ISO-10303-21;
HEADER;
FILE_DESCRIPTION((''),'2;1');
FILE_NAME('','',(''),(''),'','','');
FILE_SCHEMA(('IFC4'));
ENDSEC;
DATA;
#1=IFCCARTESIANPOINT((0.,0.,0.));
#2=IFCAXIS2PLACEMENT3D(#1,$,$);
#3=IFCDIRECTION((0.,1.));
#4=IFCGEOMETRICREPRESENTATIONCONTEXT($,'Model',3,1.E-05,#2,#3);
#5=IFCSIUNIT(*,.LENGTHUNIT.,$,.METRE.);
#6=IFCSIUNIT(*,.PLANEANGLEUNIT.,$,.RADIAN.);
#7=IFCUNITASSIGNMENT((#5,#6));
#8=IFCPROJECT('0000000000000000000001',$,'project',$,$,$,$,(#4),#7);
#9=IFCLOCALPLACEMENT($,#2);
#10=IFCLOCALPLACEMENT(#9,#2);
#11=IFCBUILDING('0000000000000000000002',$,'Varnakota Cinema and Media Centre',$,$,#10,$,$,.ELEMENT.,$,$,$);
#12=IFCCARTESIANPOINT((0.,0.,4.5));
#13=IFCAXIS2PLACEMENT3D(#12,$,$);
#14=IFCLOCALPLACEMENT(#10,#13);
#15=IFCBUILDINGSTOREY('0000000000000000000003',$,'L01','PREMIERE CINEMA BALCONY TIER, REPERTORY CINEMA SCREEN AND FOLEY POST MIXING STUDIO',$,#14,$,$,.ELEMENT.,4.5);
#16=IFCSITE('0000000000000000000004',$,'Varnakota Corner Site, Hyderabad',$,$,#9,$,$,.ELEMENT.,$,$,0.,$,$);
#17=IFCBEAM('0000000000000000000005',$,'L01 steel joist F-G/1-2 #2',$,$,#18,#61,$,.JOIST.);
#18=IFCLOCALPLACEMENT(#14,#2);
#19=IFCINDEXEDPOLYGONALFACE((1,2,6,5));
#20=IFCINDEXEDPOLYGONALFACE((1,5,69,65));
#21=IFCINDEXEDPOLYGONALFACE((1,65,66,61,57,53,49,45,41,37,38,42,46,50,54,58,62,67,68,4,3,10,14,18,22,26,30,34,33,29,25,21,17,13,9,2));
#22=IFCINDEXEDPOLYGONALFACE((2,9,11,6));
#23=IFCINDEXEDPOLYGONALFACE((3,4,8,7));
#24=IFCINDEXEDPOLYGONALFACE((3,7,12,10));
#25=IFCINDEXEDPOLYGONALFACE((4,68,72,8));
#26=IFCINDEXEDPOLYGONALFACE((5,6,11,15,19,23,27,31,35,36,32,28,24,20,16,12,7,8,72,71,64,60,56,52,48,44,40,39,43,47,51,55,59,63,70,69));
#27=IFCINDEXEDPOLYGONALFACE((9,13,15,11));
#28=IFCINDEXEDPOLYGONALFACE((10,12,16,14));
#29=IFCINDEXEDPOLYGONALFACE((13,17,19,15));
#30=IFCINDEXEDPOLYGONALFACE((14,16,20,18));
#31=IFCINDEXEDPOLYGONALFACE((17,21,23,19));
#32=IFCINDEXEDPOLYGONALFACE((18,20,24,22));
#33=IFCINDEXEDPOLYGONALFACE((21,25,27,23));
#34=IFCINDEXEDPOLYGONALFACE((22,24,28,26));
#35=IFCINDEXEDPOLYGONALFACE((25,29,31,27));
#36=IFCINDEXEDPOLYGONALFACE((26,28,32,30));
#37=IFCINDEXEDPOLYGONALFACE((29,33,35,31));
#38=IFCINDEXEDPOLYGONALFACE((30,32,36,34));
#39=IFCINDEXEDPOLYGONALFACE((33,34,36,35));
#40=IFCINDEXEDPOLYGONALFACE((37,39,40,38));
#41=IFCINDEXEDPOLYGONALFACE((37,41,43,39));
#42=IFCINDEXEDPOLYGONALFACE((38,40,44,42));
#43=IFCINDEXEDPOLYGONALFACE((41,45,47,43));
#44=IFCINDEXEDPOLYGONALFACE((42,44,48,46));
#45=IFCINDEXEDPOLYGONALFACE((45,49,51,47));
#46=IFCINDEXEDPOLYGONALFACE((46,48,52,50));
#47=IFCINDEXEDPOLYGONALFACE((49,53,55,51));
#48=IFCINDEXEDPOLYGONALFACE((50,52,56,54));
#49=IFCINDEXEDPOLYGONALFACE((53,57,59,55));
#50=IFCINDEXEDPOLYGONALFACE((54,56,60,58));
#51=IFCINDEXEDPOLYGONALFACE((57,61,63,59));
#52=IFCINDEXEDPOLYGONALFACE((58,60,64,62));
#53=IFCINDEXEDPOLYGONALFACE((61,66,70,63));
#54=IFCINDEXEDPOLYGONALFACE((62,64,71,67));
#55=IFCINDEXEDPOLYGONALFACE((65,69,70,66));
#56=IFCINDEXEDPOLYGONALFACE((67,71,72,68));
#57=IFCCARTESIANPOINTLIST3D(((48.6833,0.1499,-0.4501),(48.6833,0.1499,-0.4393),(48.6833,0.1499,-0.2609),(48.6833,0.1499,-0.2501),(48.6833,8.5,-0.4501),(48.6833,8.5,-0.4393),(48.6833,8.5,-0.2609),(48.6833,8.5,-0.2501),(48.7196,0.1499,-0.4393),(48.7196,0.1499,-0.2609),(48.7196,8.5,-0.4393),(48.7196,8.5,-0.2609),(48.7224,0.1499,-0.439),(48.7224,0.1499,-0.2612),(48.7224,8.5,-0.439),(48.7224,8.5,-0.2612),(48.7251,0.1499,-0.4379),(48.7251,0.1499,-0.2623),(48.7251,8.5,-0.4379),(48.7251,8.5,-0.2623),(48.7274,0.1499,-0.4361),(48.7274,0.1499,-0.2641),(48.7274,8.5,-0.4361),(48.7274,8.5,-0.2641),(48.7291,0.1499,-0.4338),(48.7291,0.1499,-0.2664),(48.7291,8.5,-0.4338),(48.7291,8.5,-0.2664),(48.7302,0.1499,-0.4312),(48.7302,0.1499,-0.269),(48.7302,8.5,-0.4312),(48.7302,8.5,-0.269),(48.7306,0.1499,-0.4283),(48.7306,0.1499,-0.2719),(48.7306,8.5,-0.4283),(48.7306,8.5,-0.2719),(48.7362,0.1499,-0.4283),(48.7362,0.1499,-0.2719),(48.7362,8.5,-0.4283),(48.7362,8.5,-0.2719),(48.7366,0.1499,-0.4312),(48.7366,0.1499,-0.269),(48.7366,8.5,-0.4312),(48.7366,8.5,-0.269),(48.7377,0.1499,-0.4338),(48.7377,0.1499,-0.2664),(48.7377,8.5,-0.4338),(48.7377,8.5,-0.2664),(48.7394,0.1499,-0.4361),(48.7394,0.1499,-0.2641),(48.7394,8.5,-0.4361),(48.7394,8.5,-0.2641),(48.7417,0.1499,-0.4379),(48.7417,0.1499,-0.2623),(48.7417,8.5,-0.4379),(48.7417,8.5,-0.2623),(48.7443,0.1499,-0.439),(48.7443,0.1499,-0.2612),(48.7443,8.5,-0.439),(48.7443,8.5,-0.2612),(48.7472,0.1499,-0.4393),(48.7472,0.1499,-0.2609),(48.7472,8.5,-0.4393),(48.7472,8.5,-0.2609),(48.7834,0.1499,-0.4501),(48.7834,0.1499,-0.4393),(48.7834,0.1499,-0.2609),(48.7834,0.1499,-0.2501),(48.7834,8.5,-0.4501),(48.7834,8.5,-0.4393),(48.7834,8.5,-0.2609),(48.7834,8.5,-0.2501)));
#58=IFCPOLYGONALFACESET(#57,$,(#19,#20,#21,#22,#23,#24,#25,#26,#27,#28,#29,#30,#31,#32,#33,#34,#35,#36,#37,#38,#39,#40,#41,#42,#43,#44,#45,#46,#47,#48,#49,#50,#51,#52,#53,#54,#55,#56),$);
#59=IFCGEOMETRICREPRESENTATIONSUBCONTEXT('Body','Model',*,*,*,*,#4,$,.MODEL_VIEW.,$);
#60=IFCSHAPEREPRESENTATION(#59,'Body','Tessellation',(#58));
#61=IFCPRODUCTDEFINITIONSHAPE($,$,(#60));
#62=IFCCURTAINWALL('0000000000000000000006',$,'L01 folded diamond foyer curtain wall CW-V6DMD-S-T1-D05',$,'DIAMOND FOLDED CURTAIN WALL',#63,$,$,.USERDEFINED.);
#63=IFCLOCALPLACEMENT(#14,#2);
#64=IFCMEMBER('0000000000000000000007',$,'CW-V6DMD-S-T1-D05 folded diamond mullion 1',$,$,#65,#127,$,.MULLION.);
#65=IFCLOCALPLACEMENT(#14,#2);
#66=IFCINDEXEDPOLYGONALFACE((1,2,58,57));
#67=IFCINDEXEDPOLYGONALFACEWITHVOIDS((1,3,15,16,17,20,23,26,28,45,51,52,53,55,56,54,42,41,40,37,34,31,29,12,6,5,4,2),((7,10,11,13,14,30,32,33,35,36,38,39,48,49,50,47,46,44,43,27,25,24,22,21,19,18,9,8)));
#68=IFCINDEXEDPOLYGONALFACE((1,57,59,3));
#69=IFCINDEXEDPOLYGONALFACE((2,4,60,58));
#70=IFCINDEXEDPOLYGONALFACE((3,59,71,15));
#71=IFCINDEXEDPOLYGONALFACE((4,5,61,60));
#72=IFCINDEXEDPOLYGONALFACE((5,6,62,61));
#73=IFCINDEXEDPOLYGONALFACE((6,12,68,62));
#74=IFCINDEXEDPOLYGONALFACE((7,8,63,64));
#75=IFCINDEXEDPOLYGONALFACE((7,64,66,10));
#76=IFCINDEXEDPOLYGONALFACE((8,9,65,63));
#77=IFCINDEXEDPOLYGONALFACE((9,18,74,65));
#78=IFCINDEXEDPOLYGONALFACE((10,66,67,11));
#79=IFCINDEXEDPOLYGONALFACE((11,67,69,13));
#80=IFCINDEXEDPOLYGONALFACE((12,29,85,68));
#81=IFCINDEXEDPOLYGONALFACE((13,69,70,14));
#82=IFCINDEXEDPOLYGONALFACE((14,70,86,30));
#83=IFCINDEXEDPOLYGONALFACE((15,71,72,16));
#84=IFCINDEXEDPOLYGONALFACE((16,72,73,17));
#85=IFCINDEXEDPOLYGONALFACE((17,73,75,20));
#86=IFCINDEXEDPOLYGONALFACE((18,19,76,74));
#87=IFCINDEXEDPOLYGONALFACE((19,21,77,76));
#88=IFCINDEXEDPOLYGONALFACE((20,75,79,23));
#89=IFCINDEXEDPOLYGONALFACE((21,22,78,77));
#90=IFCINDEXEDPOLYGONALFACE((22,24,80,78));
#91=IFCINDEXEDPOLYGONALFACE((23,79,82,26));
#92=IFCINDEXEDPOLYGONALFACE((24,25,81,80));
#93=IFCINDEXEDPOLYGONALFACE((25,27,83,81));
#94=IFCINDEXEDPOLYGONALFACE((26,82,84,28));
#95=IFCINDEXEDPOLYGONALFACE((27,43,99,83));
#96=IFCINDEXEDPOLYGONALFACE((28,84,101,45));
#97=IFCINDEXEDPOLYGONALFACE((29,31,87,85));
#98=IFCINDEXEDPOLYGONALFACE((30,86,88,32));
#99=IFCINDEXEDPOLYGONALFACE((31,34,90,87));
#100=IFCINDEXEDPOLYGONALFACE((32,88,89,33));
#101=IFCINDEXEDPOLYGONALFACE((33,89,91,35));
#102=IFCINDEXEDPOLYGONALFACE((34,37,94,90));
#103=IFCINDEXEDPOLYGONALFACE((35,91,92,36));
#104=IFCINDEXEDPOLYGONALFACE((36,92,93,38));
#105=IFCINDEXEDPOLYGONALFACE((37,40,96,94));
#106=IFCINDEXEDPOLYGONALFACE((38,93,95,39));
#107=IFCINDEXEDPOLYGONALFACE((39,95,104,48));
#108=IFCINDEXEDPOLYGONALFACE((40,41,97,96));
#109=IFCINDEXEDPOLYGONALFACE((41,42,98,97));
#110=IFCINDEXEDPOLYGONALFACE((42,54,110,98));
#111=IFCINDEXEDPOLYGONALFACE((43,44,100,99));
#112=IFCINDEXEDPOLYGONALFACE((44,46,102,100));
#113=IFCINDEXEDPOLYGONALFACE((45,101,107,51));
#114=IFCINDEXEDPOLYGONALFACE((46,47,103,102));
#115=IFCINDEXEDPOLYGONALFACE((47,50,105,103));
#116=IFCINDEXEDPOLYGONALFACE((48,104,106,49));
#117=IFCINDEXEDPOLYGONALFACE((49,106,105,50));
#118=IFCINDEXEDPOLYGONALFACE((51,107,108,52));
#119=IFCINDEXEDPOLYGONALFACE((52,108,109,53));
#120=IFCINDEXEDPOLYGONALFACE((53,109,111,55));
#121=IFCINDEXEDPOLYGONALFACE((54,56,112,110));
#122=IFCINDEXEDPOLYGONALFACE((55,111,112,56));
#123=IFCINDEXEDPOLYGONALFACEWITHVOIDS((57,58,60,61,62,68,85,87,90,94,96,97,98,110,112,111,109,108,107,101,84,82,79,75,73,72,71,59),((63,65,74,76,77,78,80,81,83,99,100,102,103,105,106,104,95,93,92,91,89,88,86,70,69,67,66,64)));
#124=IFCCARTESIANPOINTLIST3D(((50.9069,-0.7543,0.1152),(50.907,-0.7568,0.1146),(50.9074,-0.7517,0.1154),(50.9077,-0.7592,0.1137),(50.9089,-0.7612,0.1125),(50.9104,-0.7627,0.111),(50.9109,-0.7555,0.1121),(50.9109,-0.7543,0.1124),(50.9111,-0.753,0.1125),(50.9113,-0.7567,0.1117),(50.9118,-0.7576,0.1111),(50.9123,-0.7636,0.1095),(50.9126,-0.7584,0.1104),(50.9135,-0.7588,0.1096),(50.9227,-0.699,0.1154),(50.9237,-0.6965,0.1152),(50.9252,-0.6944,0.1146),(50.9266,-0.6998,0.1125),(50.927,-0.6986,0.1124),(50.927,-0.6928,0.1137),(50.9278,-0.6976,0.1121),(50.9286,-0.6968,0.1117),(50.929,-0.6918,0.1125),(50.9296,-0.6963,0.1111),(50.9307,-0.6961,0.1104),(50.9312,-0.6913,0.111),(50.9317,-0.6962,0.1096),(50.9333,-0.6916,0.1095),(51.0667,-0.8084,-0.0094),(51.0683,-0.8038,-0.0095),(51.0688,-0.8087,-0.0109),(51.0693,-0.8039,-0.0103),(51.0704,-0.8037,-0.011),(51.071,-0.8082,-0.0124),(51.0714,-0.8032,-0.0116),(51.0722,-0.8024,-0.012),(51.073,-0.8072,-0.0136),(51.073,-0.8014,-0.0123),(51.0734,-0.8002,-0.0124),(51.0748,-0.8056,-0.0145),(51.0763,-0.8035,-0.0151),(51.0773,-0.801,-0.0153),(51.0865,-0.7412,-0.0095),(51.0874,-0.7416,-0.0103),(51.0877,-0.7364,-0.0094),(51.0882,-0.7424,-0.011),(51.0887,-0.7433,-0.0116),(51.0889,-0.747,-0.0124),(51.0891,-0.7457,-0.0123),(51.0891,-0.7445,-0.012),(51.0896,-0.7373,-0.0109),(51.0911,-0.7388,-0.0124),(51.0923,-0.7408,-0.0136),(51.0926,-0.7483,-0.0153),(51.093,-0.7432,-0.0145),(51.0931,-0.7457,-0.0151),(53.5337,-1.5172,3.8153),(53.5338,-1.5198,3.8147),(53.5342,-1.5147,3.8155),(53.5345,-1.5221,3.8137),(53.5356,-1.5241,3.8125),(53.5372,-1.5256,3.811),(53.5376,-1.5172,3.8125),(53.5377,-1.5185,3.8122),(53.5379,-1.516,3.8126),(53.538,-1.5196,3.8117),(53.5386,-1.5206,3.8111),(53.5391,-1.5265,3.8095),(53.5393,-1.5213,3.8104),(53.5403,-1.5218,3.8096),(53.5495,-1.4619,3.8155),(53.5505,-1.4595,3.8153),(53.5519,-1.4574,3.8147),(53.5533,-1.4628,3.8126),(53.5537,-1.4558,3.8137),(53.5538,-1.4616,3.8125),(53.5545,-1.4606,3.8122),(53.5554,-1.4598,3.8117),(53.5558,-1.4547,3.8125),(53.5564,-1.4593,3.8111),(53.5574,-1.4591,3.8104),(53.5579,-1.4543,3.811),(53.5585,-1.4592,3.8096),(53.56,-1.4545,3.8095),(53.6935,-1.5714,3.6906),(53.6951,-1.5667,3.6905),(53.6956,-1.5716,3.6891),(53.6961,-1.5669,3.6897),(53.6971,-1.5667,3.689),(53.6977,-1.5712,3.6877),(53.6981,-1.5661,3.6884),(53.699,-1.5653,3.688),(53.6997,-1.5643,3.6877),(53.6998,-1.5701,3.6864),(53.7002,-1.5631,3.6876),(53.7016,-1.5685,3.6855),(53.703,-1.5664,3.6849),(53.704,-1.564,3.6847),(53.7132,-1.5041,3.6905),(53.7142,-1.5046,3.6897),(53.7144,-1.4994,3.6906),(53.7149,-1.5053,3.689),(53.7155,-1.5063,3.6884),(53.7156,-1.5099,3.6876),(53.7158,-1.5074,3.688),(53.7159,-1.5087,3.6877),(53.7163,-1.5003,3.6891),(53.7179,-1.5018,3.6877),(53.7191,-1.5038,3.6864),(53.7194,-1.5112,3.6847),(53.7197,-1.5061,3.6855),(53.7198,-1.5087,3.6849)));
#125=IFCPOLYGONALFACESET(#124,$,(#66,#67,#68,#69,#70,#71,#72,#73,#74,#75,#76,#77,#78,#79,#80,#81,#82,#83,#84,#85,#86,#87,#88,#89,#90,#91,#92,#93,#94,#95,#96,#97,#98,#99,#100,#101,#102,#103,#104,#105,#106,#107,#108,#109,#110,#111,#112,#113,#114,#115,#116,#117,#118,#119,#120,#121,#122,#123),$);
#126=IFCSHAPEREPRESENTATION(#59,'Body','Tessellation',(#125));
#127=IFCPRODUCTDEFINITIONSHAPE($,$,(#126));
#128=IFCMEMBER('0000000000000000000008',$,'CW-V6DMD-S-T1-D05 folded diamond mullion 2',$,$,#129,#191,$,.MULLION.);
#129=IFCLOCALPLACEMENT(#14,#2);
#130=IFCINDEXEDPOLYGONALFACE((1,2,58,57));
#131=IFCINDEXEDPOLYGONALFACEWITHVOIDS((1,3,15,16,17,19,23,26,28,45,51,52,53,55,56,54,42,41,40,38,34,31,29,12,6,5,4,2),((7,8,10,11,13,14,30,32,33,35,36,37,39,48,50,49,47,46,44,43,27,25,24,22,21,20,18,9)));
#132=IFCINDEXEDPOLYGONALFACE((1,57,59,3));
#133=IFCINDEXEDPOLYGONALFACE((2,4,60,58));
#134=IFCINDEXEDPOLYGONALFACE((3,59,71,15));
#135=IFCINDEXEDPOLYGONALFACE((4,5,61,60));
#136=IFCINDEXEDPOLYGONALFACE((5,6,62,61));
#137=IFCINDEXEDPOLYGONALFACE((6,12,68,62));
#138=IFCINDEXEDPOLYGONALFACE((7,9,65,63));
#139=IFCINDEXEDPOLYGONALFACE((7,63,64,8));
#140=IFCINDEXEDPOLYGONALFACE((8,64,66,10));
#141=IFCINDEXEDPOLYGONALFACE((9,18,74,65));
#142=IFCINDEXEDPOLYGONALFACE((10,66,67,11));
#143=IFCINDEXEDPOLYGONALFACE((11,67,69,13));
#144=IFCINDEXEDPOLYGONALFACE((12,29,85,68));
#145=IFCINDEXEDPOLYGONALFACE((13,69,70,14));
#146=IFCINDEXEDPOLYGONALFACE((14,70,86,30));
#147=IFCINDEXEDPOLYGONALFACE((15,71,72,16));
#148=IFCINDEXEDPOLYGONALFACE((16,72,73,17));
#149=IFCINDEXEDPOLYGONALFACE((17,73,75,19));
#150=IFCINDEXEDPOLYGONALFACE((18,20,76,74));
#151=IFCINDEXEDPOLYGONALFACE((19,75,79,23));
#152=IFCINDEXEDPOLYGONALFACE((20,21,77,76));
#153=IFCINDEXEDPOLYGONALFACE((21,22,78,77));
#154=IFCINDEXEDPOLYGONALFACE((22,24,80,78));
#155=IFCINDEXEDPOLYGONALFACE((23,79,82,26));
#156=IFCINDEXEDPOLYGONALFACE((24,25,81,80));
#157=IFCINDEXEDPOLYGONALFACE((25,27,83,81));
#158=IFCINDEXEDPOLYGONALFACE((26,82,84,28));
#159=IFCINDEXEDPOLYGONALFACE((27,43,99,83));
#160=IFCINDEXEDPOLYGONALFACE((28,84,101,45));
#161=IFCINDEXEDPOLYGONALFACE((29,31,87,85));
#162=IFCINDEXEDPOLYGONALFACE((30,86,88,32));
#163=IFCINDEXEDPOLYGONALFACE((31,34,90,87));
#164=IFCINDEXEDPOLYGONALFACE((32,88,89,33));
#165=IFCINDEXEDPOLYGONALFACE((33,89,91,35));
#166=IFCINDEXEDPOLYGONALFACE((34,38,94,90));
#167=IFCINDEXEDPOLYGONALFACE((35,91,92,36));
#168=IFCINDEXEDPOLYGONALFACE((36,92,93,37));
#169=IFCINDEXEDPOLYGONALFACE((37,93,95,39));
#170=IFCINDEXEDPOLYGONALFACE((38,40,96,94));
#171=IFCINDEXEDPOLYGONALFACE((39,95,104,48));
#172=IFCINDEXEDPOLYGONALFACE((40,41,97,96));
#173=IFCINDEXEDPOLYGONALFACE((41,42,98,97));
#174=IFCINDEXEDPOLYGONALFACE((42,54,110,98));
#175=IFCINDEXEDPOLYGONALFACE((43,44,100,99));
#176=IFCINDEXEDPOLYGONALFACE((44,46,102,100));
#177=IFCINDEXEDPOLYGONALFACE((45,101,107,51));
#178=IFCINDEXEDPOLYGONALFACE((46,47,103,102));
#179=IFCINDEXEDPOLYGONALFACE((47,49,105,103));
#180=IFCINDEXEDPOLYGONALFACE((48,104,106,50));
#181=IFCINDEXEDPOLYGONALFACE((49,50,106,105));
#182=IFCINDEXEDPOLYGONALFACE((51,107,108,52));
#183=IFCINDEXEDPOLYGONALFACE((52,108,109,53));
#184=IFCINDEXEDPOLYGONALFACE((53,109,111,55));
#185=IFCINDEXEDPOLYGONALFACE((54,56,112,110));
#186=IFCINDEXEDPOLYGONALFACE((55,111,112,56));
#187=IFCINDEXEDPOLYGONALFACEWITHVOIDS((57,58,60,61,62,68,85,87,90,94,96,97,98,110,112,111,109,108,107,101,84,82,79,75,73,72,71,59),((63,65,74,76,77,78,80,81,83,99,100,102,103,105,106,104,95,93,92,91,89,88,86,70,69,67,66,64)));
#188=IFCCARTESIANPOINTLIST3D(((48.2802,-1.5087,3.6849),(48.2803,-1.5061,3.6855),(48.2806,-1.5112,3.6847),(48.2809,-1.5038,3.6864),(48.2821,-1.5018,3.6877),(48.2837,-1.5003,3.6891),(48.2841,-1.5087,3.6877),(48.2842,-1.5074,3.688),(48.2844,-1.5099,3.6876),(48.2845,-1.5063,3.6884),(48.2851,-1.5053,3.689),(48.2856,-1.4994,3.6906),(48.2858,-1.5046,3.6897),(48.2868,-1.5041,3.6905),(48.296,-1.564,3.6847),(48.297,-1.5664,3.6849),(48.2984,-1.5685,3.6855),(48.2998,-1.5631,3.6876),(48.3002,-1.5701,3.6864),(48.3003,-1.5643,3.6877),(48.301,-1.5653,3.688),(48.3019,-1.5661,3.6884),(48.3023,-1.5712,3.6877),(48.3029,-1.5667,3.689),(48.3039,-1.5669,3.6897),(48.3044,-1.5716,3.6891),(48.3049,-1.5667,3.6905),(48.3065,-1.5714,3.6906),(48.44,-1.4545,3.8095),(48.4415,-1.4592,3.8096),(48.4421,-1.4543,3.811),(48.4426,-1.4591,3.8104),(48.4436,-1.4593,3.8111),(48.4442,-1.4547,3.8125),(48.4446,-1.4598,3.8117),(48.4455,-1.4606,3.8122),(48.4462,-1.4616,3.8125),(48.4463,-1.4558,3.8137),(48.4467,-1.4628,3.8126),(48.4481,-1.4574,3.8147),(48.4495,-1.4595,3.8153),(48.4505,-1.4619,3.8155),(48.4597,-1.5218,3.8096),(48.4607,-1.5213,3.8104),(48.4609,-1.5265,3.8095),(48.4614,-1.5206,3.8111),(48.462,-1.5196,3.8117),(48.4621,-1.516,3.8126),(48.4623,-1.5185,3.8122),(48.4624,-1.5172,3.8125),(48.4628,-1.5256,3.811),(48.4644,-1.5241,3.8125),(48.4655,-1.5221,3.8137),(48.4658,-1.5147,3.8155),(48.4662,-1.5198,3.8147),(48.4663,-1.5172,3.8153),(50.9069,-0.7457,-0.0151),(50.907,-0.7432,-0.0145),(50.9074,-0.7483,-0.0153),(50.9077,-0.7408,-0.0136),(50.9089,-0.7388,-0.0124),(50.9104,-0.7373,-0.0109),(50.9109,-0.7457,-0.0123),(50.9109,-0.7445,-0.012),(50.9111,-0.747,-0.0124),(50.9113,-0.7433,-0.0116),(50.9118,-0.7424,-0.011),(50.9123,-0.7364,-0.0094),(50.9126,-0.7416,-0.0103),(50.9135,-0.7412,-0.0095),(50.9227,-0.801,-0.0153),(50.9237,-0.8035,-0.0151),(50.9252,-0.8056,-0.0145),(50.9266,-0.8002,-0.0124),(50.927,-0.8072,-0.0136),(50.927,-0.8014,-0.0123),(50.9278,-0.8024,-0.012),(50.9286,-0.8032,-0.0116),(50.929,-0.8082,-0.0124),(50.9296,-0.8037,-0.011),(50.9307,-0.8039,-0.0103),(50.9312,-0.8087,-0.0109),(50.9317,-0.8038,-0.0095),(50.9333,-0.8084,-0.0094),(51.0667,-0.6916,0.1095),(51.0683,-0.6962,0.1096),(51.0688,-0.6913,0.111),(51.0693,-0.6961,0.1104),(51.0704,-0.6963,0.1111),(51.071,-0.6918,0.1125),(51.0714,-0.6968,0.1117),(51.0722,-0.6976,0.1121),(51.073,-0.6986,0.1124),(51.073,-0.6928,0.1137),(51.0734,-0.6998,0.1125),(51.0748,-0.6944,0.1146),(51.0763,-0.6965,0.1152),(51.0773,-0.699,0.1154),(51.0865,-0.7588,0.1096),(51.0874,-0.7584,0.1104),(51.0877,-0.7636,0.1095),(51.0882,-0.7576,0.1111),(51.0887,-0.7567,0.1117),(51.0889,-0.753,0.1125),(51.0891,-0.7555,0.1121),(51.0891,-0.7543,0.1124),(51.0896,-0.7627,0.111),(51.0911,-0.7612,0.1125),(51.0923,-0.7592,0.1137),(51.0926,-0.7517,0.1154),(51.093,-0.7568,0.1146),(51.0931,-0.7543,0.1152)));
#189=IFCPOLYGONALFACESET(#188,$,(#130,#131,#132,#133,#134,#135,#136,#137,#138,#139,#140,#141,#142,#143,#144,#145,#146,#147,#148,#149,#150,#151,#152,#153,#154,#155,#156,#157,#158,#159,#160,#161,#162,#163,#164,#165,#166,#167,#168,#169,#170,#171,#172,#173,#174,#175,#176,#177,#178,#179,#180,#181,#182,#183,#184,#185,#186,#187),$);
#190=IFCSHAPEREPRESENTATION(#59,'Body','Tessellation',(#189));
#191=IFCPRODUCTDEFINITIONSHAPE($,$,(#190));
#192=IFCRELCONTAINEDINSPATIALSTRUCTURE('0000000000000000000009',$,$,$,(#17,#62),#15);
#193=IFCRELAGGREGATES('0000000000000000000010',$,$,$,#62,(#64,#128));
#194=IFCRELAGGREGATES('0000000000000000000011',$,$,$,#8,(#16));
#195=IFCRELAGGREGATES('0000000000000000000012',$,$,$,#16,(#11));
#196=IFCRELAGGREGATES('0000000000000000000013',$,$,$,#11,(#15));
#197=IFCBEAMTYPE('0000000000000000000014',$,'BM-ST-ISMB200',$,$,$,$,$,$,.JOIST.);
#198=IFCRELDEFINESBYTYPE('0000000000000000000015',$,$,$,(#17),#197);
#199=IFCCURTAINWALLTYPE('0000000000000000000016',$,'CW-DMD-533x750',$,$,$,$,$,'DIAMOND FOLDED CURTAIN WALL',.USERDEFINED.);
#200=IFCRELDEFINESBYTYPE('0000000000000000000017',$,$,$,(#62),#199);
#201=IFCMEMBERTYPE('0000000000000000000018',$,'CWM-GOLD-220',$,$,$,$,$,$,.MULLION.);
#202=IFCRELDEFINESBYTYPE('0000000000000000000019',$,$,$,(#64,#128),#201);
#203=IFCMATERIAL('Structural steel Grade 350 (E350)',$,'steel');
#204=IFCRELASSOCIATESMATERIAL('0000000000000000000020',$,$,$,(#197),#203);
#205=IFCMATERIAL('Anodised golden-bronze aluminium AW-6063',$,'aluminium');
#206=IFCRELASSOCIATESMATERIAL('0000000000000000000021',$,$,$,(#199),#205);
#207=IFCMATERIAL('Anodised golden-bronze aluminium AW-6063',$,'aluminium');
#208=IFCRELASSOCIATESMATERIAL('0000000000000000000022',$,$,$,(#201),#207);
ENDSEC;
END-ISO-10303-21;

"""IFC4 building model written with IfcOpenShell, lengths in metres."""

from ifc_helpers import new_model, si_unit, direction, frame, origin, origin_2d, place, context, subcontext, project, spatial, hollow_rectangle, i_section, extrude, material, material_profile, profile_set, type_object, element, aggregate, save


model = new_model("IFC4")

# Units and contexts
model_context = context("Model", 3, precision=1e-05, world=origin(), true_north=direction((0.0, 1.0)))
body_context = subcontext(model_context, "Body", "Model", "MODEL_VIEW")
ifc_project = project(units=[si_unit("LENGTHUNIT", "METRE"), si_unit("PLANEANGLEUNIT", "RADIAN")], contexts=[model_context])

# Site, building, storey
site_placement = place(None, origin())
site = spatial("IfcSite", under=ifc_project, at=site_placement, Name="Varnakota Corner Site, Hyderabad", CompositionType="ELEMENT", RefElevation=0.0)
building_placement = place(site_placement, origin())
building = spatial("IfcBuilding", under=site, at=building_placement, Name="Varnakota Cinema and Media Centre", CompositionType="ELEMENT")
storey_placement = place(building_placement, frame((0.0, 0.0, 4.5)))
storey = spatial("IfcBuildingStorey", under=building, at=storey_placement, Name="L01", Description="PREMIERE CINEMA BALCONY TIER, REPERTORY CINEMA SCREEN AND FOLEY POST MIXING STUDIO", CompositionType="ELEMENT", Elevation=4.5)

# Beam
ifc_material_1 = material(Name="Structural steel Grade 350 (E350)", Category="steel")
ifc_material_profile_1 = material_profile(ifc_material_1, i_section(OverallWidth=0.1001, OverallDepth=0.2, WebThickness=0.0056, FlangeThickness=0.0107, FilletRadius=0.011, at=origin_2d()), Name="ISMB 200")
ifc_profile_set_1 = profile_set([ifc_material_profile_1], Name="Structural steel Grade 350 (E350)")
beam_type_1 = type_object("IfcBeamType", Name="BM-ST-ISMB200", PredefinedType="JOIST", material=ifc_profile_set_1)
for number, where, z_axis, x_axis, name in (
    (1, (48.7334, 0.1499, -0.3501), (0.0, 1.0, 0.0), (-1.0, 0.0, 0.0), "L01 steel joist F-G/1-2 #2"),
):
    element("IfcBeam", number, at=place(storey_placement, frame(where, z_axis=z_axis, x_axis=x_axis)), inside=storey, type_object=beam_type_1, Name=name, PredefinedType="JOIST", context=body_context, shape_type="SweptSolid", body=[
        extrude(i_section(OverallWidth=0.1001, OverallDepth=0.2, WebThickness=0.0056, FlangeThickness=0.0107, FilletRadius=0.011, at=origin_2d()), origin(), (0.0, 0.0, 1.0), 8.3501),
    ])

# Curtain wall, members
ifc_material_2 = material(Name="Anodised golden-bronze aluminium AW-6063", Category="aluminium")
curtain_wall_type = type_object("IfcCurtainWallType", Name="CW-DMD-533x750", ElementType="DIAMOND FOLDED CURTAIN WALL", PredefinedType="USERDEFINED", material=ifc_material_2)
curtain_wall_1_placement = place(storey_placement, origin())
curtain_wall_1 = element("IfcCurtainWall", 2, at=curtain_wall_1_placement, inside=storey, type_object=curtain_wall_type, Name="L01 folded diamond foyer curtain wall CW-V6DMD-S-T1-D05", ObjectType="DIAMOND FOLDED CURTAIN WALL", PredefinedType="USERDEFINED")
ifc_material_3 = material(Name="Anodised golden-bronze aluminium AW-6063", Category="aluminium")
ifc_material_profile_2 = material_profile(ifc_material_3, hollow_rectangle(XDim=0.075, YDim=0.22, WallThickness=0.0049, InnerFilletRadius=0.0049, OuterFilletRadius=0.01, at=origin_2d()), Name="AL-MULLION 220x75x5")
ifc_profile_set_2 = profile_set([ifc_material_profile_2], Name="Anodised golden-bronze aluminium AW-6063")
member_type_1 = type_object("IfcMemberType", Name="CWM-GOLD-220", PredefinedType="MULLION", material=ifc_profile_set_2)
member_1_placement = place(storey_placement, frame((51.0, -0.75, 0.05), z_axis=(0.570871, -0.165812, 0.804122), x_axis=(0.278927, 0.960312, 0.0)))
member_1 = element("IfcMember", 3, at=member_1_placement, type_object=member_type_1, Name="CW-V6DMD-S-T1-D05 folded diamond mullion 1", PredefinedType="MULLION", context=body_context, shape_type="SweptSolid", body=[
    extrude(hollow_rectangle(XDim=0.075, YDim=0.22, WallThickness=0.0049, InnerFilletRadius=0.0049, OuterFilletRadius=0.01, at=origin_2d()), origin(), (0.0, 0.0, 1.0), 4.6013),
])
member_2_placement = place(storey_placement, frame((51.0, -0.75, 0.05), z_axis=(-0.570871, -0.165812, 0.804122), x_axis=(0.278927, -0.960312, 0.0)))
member_2 = element("IfcMember", 4, at=member_2_placement, type_object=member_type_1, Name="CW-V6DMD-S-T1-D05 folded diamond mullion 2", PredefinedType="MULLION", context=body_context, shape_type="SweptSolid", body=[
    extrude(hollow_rectangle(XDim=0.075, YDim=0.22, WallThickness=0.0049, InnerFilletRadius=0.0049, OuterFilletRadius=0.01, at=origin_2d()), origin(), (0.0, 0.0, 1.0), 4.6013),
])

aggregate(curtain_wall_1, [member_1, member_2])

save(model, "model.ifc")
